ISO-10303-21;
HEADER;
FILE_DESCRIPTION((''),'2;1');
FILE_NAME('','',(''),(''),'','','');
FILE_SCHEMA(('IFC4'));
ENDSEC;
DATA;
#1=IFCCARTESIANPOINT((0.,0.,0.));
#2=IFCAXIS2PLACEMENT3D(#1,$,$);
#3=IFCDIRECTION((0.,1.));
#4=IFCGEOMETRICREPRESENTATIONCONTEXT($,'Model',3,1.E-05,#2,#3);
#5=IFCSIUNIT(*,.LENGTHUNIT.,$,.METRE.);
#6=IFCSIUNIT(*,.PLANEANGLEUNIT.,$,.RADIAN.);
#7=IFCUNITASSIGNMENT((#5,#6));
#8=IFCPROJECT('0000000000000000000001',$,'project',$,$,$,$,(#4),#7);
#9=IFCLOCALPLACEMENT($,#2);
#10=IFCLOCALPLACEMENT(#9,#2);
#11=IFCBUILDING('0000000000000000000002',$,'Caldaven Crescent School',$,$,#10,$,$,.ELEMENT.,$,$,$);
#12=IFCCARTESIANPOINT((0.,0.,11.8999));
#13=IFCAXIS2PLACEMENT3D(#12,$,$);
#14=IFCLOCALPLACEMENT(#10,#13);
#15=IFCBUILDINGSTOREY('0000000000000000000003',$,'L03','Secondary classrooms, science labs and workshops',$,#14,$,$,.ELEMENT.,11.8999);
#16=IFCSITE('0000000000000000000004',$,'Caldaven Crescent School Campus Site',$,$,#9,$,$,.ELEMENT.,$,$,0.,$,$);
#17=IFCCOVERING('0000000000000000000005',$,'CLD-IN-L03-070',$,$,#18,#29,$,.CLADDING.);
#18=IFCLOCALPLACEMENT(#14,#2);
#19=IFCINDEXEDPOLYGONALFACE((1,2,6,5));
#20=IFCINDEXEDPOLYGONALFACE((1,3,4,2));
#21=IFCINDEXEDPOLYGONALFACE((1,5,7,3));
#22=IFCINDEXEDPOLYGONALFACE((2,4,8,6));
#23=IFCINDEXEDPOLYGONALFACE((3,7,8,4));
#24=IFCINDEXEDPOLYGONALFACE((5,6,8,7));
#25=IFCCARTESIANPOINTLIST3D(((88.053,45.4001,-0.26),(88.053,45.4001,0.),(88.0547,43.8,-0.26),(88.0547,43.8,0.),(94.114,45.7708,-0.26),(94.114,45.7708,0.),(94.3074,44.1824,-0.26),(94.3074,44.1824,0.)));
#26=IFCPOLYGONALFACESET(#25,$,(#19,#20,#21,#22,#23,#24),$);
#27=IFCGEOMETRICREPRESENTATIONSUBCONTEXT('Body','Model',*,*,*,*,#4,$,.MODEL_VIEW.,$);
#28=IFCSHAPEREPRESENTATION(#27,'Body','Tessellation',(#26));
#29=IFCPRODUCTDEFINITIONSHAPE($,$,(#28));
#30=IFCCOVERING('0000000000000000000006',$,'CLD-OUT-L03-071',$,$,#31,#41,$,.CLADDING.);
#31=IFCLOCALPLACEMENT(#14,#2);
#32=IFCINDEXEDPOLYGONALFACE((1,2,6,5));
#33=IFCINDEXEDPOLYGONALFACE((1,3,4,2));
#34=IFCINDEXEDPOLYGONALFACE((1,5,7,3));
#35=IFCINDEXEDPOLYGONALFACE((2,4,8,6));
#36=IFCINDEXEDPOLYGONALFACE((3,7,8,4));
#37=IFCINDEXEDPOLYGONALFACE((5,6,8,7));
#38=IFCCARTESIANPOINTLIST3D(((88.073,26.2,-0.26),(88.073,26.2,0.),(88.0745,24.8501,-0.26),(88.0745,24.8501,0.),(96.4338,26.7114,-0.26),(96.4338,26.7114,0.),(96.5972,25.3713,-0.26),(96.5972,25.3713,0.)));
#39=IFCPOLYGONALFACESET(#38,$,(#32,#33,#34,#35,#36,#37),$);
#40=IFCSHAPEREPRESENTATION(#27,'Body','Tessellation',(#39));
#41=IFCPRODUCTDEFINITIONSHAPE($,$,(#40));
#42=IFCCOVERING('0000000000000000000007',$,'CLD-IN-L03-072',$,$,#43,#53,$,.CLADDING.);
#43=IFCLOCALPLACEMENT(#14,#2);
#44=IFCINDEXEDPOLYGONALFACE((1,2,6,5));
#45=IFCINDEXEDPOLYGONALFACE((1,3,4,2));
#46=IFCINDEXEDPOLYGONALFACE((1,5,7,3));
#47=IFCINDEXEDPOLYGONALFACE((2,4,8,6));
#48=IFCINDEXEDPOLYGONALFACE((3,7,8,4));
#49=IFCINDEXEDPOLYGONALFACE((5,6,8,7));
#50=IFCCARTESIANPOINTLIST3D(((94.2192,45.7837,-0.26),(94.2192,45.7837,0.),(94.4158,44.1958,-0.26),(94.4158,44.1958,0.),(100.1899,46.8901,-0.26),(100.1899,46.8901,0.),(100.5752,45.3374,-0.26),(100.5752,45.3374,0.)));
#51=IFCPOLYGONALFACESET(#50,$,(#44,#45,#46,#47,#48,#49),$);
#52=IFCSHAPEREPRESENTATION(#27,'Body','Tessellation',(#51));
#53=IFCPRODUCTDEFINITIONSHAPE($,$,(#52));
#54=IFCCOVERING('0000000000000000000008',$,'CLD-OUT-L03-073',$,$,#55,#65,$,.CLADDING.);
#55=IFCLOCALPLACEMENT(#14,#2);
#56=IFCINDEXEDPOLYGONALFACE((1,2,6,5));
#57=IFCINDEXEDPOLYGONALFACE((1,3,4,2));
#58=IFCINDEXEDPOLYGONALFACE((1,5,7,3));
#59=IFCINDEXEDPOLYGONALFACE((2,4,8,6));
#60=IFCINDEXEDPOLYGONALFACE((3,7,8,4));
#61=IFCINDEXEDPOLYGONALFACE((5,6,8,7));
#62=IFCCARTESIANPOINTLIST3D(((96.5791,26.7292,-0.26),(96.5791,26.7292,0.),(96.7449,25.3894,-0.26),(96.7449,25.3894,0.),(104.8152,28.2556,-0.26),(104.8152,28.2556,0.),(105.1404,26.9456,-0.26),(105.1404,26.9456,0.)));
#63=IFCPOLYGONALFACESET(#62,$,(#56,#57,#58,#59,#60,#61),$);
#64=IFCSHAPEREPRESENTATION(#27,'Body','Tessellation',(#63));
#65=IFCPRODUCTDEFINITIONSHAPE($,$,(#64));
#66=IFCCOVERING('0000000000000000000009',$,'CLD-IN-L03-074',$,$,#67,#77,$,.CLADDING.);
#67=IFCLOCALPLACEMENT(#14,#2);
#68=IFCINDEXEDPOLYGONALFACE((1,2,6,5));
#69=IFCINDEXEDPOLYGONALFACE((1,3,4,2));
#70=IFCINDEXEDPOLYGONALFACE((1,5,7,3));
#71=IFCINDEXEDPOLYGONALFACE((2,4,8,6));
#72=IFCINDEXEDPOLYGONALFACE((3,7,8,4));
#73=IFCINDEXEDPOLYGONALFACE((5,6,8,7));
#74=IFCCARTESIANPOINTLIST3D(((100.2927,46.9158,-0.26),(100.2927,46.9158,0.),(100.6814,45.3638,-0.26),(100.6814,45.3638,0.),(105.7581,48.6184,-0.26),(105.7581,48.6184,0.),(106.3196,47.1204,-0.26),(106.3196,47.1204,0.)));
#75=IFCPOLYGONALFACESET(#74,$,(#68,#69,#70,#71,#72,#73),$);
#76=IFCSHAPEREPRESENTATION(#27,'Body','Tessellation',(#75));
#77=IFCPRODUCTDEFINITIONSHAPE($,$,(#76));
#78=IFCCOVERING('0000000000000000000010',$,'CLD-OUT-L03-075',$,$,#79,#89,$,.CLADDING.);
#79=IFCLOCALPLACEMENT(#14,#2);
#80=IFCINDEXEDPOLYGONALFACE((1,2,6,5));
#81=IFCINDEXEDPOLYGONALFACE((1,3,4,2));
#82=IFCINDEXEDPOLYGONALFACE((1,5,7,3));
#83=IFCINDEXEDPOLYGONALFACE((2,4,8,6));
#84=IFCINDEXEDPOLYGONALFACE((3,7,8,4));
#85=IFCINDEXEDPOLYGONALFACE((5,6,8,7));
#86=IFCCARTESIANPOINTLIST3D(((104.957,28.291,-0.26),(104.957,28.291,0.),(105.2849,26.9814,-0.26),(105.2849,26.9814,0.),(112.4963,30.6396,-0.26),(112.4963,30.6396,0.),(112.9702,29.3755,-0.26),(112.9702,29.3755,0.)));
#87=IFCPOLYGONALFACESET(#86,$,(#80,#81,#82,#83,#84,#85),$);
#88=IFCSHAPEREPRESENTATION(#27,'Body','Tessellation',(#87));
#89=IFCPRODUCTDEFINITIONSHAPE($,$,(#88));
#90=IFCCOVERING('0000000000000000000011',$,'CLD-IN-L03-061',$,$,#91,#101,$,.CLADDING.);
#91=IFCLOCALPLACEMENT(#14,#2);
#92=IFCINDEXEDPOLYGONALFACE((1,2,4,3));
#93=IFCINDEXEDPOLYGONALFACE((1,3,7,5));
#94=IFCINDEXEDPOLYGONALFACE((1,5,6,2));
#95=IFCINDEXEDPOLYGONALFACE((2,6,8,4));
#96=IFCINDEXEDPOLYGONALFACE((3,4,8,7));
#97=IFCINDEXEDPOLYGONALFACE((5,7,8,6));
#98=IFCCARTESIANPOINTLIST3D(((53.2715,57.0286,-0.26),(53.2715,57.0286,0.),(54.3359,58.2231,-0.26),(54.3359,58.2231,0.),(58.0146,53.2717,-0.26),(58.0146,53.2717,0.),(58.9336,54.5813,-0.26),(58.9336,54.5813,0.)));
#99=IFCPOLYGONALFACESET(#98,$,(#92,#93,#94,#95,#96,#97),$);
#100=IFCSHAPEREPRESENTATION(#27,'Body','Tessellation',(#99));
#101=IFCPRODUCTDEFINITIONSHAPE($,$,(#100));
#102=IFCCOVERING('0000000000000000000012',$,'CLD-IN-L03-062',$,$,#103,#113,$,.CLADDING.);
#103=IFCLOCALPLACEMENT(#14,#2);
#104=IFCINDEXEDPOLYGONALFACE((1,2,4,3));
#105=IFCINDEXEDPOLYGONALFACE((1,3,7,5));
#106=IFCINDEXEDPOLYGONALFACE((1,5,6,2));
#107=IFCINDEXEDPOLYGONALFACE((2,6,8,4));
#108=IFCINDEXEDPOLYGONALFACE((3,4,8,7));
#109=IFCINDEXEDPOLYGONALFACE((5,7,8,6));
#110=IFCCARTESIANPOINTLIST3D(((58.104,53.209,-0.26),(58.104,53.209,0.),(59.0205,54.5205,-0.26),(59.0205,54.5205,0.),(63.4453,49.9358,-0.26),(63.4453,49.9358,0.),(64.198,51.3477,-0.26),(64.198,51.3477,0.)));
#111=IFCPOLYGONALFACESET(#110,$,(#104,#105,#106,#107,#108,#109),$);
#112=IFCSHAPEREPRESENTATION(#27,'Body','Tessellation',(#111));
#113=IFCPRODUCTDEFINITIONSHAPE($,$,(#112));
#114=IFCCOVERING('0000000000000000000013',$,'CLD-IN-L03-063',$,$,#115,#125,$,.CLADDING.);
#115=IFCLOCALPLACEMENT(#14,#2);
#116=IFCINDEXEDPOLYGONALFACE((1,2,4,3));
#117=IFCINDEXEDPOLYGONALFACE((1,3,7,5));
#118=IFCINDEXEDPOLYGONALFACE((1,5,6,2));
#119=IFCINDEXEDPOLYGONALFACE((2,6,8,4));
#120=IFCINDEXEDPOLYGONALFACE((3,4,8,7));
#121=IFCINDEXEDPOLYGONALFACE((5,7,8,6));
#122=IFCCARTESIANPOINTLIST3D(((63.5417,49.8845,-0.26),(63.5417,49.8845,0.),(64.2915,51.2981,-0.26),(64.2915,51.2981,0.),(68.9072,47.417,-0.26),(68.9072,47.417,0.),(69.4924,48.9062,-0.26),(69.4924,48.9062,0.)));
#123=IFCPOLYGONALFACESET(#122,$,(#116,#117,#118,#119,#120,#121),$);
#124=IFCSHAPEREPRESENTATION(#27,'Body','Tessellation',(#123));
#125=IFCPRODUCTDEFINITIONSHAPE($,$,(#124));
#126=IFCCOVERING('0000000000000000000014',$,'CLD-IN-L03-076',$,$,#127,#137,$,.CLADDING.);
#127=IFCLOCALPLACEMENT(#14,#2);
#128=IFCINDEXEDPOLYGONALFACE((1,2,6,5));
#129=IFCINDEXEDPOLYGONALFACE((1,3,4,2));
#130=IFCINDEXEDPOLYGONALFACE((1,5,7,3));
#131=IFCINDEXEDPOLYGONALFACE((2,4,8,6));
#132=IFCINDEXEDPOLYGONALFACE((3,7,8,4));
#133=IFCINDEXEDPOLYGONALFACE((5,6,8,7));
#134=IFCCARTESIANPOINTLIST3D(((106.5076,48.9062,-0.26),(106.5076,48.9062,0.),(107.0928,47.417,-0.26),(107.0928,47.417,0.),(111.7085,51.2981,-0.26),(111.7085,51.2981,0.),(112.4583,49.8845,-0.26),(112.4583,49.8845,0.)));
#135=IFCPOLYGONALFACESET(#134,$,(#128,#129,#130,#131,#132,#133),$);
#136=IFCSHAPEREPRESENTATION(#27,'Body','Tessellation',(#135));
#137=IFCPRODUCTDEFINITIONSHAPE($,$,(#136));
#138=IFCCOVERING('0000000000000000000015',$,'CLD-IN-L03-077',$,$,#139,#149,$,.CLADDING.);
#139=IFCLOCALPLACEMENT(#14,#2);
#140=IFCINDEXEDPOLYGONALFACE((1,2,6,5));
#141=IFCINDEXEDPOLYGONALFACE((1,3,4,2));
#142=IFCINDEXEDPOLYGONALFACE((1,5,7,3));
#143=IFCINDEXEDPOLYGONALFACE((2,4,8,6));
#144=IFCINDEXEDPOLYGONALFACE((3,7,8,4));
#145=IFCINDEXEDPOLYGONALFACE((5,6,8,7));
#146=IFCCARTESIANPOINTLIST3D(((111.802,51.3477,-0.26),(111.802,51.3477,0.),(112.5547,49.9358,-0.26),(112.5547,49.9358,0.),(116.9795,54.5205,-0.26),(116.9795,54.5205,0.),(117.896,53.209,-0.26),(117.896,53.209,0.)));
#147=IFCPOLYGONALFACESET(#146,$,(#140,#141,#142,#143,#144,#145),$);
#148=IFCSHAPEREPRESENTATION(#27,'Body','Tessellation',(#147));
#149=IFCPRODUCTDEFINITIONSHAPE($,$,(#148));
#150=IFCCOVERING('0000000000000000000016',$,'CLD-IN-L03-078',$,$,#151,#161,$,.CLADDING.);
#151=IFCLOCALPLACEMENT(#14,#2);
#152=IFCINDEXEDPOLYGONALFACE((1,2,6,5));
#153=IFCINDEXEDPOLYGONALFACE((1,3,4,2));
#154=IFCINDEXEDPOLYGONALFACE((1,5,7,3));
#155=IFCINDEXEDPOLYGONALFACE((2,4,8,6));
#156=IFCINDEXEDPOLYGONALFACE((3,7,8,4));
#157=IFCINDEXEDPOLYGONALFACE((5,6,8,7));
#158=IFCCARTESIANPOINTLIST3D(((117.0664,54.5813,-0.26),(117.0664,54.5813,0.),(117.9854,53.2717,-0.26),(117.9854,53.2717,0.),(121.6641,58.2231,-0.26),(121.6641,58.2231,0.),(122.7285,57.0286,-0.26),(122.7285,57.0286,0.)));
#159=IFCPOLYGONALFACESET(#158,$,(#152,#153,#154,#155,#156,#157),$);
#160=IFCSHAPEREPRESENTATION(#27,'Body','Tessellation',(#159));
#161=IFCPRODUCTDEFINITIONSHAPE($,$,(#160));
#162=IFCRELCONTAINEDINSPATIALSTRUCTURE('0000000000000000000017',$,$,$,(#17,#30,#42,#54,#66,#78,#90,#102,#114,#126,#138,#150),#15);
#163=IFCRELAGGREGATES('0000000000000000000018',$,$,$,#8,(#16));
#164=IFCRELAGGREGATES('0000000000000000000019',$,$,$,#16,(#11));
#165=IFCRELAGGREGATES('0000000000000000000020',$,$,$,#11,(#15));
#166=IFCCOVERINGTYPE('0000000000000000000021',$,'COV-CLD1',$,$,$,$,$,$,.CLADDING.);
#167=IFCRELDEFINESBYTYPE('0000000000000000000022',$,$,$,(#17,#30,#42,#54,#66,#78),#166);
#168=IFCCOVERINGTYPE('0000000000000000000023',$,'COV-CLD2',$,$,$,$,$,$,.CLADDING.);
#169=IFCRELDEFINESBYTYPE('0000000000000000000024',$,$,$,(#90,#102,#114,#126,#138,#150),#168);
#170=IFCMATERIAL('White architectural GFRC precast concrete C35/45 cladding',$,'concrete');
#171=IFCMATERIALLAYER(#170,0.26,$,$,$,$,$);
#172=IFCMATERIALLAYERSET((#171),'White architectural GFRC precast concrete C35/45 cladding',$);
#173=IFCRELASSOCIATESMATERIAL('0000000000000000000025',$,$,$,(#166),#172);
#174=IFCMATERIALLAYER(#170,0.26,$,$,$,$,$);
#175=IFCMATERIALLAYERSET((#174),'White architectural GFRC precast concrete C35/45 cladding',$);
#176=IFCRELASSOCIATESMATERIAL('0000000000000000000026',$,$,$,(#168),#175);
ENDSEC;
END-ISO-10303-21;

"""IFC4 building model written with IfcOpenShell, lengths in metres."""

from ifc_helpers import new_model, si_unit, direction, frame, origin, place, context, subcontext, project, spatial, polyline, outline, extrude, material, layer, layer_set, type_object, element, save


model = new_model("IFC4")

# Units and contexts
model_context = context("Model", 3, precision=1e-05, world=origin(), true_north=direction((0.0, 1.0)))
body_context = subcontext(model_context, "Body", "Model", "MODEL_VIEW")
ifc_project = project(units=[si_unit("LENGTHUNIT", "METRE"), si_unit("PLANEANGLEUNIT", "RADIAN")], contexts=[model_context])

# Site, building, storey
site_placement = place(None, origin())
site = spatial("IfcSite", under=ifc_project, at=site_placement, Name="Caldaven Crescent School Campus Site", CompositionType="ELEMENT", RefElevation=0.0)
building_placement = place(site_placement, origin())
building = spatial("IfcBuilding", under=site, at=building_placement, Name="Caldaven Crescent School", CompositionType="ELEMENT")
storey_placement = place(building_placement, frame((0.0, 0.0, 11.8999)))
storey = spatial("IfcBuildingStorey", under=building, at=storey_placement, Name="L03", Description="Secondary classrooms, science labs and workshops", CompositionType="ELEMENT", Elevation=11.8999)

# Coverings
ifc_material_1 = material(Name="White architectural GFRC precast concrete C35/45 cladding", Category="concrete")
ifc_layer_1 = layer(ifc_material_1, 0.26)
ifc_layer_set_1 = layer_set([ifc_layer_1], Name="White architectural GFRC precast concrete C35/45 cladding")
covering_type_1 = type_object("IfcCoveringType", Name="COV-CLD1", PredefinedType="CLADDING", material=ifc_layer_set_1)
covering_1_placement = place(storey_placement, frame((0.0, 0.0, -0.26)))
element("IfcCovering", 1, at=covering_1_placement, inside=storey, type_object=covering_type_1, Name="CLD-IN-L03-070", PredefinedType="CLADDING", context=body_context, shape_type="SweptSolid", body=[
    extrude(outline(polyline([(88.053, 45.4001), (94.114, 45.7708), (94.3074, 44.1824), (88.0547, 43.8), (88.053, 45.4001)])), origin(), (0.0, 0.0, 1.0), 0.26),
])
covering_2_placement = place(storey_placement, frame((0.0, 0.0, -0.26)))
element("IfcCovering", 2, at=covering_2_placement, inside=storey, type_object=covering_type_1, Name="CLD-OUT-L03-071", PredefinedType="CLADDING", context=body_context, shape_type="SweptSolid", body=[
    extrude(outline(polyline([(88.073, 26.2), (96.4338, 26.7114), (96.5972, 25.3713), (88.0745, 24.8501), (88.073, 26.2)])), origin(), (0.0, 0.0, 1.0), 0.26),
])
covering_3_placement = place(storey_placement, frame((0.0, 0.0, -0.26)))
element("IfcCovering", 3, at=covering_3_placement, inside=storey, type_object=covering_type_1, Name="CLD-IN-L03-072", PredefinedType="CLADDING", context=body_context, shape_type="SweptSolid", body=[
    extrude(outline(polyline([(94.2192, 45.7837), (100.1899, 46.8901), (100.5752, 45.3374), (94.4158, 44.1958), (94.2192, 45.7837)])), origin(), (0.0, 0.0, 1.0), 0.26),
])
covering_4_placement = place(storey_placement, frame((0.0, 0.0, -0.26)))
element("IfcCovering", 4, at=covering_4_placement, inside=storey, type_object=covering_type_1, Name="CLD-OUT-L03-073", PredefinedType="CLADDING", context=body_context, shape_type="SweptSolid", body=[
    extrude(outline(polyline([(96.5791, 26.7292), (104.8152, 28.2556), (105.1404, 26.9456), (96.7449, 25.3894), (96.5791, 26.7292)])), origin(), (0.0, 0.0, 1.0), 0.26),
])
covering_5_placement = place(storey_placement, frame((0.0, 0.0, -0.26)))
element("IfcCovering", 5, at=covering_5_placement, inside=storey, type_object=covering_type_1, Name="CLD-IN-L03-074", PredefinedType="CLADDING", context=body_context, shape_type="SweptSolid", body=[
    extrude(outline(polyline([(100.2927, 46.9158), (105.7581, 48.6184), (106.3196, 47.1204), (100.6814, 45.3638), (100.2927, 46.9158)])), origin(), (0.0, 0.0, 1.0), 0.26),
])
covering_6_placement = place(storey_placement, frame((0.0, 0.0, -0.26)))
element("IfcCovering", 6, at=covering_6_placement, inside=storey, type_object=covering_type_1, Name="CLD-OUT-L03-075", PredefinedType="CLADDING", context=body_context, shape_type="SweptSolid", body=[
    extrude(outline(polyline([(104.957, 28.291), (112.4963, 30.6396), (112.9702, 29.3755), (105.2849, 26.9814), (104.957, 28.291)])), origin(), (0.0, 0.0, 1.0), 0.26),
])
ifc_layer_2 = layer(ifc_material_1, 0.26)
ifc_layer_set_2 = layer_set([ifc_layer_2], Name="White architectural GFRC precast concrete C35/45 cladding")
covering_type_2 = type_object("IfcCoveringType", Name="COV-CLD2", PredefinedType="CLADDING", material=ifc_layer_set_2)
covering_7_placement = place(storey_placement, frame((0.0, 0.0, -0.26)))
element("IfcCovering", 7, at=covering_7_placement, inside=storey, type_object=covering_type_2, Name="CLD-IN-L03-061", PredefinedType="CLADDING", context=body_context, shape_type="SweptSolid", body=[
    extrude(outline(polyline([(54.3359, 58.2231), (58.9336, 54.5813), (58.0146, 53.2717), (53.2715, 57.0286), (54.3359, 58.2231)])), origin(), (0.0, 0.0, 1.0), 0.26),
])
covering_8_placement = place(storey_placement, frame((0.0, 0.0, -0.26)))
element("IfcCovering", 8, at=covering_8_placement, inside=storey, type_object=covering_type_2, Name="CLD-IN-L03-062", PredefinedType="CLADDING", context=body_context, shape_type="SweptSolid", body=[
    extrude(outline(polyline([(59.0205, 54.5205), (64.198, 51.3477), (63.4453, 49.9358), (58.104, 53.209), (59.0205, 54.5205)])), origin(), (0.0, 0.0, 1.0), 0.26),
])
covering_9_placement = place(storey_placement, frame((0.0, 0.0, -0.26)))
element("IfcCovering", 9, at=covering_9_placement, inside=storey, type_object=covering_type_2, Name="CLD-IN-L03-063", PredefinedType="CLADDING", context=body_context, shape_type="SweptSolid", body=[
    extrude(outline(polyline([(64.2915, 51.2981), (69.4924, 48.9062), (68.9072, 47.417), (63.5417, 49.8845), (64.2915, 51.2981)])), origin(), (0.0, 0.0, 1.0), 0.26),
])
covering_10_placement = place(storey_placement, frame((0.0, 0.0, -0.26)))
element("IfcCovering", 10, at=covering_10_placement, inside=storey, type_object=covering_type_2, Name="CLD-IN-L03-076", PredefinedType="CLADDING", context=body_context, shape_type="SweptSolid", body=[
    extrude(outline(polyline([(106.5076, 48.9062), (111.7085, 51.2981), (112.4583, 49.8845), (107.0928, 47.417), (106.5076, 48.9062)])), origin(), (0.0, 0.0, 1.0), 0.26),
])
covering_11_placement = place(storey_placement, frame((0.0, 0.0, -0.26)))
element("IfcCovering", 11, at=covering_11_placement, inside=storey, type_object=covering_type_2, Name="CLD-IN-L03-077", PredefinedType="CLADDING", context=body_context, shape_type="SweptSolid", body=[
    extrude(outline(polyline([(111.802, 51.3477), (116.9795, 54.5205), (117.896, 53.209), (112.5547, 49.9358), (111.802, 51.3477)])), origin(), (0.0, 0.0, 1.0), 0.26),
])
covering_12_placement = place(storey_placement, frame((0.0, 0.0, -0.26)))
element("IfcCovering", 12, at=covering_12_placement, inside=storey, type_object=covering_type_2, Name="CLD-IN-L03-078", PredefinedType="CLADDING", context=body_context, shape_type="SweptSolid", body=[
    extrude(outline(polyline([(117.0664, 54.5813), (121.6641, 58.2231), (122.7285, 57.0286), (117.9854, 53.2717), (117.0664, 54.5813)])), origin(), (0.0, 0.0, 1.0), 0.26),
])

save(model, "model.ifc")
